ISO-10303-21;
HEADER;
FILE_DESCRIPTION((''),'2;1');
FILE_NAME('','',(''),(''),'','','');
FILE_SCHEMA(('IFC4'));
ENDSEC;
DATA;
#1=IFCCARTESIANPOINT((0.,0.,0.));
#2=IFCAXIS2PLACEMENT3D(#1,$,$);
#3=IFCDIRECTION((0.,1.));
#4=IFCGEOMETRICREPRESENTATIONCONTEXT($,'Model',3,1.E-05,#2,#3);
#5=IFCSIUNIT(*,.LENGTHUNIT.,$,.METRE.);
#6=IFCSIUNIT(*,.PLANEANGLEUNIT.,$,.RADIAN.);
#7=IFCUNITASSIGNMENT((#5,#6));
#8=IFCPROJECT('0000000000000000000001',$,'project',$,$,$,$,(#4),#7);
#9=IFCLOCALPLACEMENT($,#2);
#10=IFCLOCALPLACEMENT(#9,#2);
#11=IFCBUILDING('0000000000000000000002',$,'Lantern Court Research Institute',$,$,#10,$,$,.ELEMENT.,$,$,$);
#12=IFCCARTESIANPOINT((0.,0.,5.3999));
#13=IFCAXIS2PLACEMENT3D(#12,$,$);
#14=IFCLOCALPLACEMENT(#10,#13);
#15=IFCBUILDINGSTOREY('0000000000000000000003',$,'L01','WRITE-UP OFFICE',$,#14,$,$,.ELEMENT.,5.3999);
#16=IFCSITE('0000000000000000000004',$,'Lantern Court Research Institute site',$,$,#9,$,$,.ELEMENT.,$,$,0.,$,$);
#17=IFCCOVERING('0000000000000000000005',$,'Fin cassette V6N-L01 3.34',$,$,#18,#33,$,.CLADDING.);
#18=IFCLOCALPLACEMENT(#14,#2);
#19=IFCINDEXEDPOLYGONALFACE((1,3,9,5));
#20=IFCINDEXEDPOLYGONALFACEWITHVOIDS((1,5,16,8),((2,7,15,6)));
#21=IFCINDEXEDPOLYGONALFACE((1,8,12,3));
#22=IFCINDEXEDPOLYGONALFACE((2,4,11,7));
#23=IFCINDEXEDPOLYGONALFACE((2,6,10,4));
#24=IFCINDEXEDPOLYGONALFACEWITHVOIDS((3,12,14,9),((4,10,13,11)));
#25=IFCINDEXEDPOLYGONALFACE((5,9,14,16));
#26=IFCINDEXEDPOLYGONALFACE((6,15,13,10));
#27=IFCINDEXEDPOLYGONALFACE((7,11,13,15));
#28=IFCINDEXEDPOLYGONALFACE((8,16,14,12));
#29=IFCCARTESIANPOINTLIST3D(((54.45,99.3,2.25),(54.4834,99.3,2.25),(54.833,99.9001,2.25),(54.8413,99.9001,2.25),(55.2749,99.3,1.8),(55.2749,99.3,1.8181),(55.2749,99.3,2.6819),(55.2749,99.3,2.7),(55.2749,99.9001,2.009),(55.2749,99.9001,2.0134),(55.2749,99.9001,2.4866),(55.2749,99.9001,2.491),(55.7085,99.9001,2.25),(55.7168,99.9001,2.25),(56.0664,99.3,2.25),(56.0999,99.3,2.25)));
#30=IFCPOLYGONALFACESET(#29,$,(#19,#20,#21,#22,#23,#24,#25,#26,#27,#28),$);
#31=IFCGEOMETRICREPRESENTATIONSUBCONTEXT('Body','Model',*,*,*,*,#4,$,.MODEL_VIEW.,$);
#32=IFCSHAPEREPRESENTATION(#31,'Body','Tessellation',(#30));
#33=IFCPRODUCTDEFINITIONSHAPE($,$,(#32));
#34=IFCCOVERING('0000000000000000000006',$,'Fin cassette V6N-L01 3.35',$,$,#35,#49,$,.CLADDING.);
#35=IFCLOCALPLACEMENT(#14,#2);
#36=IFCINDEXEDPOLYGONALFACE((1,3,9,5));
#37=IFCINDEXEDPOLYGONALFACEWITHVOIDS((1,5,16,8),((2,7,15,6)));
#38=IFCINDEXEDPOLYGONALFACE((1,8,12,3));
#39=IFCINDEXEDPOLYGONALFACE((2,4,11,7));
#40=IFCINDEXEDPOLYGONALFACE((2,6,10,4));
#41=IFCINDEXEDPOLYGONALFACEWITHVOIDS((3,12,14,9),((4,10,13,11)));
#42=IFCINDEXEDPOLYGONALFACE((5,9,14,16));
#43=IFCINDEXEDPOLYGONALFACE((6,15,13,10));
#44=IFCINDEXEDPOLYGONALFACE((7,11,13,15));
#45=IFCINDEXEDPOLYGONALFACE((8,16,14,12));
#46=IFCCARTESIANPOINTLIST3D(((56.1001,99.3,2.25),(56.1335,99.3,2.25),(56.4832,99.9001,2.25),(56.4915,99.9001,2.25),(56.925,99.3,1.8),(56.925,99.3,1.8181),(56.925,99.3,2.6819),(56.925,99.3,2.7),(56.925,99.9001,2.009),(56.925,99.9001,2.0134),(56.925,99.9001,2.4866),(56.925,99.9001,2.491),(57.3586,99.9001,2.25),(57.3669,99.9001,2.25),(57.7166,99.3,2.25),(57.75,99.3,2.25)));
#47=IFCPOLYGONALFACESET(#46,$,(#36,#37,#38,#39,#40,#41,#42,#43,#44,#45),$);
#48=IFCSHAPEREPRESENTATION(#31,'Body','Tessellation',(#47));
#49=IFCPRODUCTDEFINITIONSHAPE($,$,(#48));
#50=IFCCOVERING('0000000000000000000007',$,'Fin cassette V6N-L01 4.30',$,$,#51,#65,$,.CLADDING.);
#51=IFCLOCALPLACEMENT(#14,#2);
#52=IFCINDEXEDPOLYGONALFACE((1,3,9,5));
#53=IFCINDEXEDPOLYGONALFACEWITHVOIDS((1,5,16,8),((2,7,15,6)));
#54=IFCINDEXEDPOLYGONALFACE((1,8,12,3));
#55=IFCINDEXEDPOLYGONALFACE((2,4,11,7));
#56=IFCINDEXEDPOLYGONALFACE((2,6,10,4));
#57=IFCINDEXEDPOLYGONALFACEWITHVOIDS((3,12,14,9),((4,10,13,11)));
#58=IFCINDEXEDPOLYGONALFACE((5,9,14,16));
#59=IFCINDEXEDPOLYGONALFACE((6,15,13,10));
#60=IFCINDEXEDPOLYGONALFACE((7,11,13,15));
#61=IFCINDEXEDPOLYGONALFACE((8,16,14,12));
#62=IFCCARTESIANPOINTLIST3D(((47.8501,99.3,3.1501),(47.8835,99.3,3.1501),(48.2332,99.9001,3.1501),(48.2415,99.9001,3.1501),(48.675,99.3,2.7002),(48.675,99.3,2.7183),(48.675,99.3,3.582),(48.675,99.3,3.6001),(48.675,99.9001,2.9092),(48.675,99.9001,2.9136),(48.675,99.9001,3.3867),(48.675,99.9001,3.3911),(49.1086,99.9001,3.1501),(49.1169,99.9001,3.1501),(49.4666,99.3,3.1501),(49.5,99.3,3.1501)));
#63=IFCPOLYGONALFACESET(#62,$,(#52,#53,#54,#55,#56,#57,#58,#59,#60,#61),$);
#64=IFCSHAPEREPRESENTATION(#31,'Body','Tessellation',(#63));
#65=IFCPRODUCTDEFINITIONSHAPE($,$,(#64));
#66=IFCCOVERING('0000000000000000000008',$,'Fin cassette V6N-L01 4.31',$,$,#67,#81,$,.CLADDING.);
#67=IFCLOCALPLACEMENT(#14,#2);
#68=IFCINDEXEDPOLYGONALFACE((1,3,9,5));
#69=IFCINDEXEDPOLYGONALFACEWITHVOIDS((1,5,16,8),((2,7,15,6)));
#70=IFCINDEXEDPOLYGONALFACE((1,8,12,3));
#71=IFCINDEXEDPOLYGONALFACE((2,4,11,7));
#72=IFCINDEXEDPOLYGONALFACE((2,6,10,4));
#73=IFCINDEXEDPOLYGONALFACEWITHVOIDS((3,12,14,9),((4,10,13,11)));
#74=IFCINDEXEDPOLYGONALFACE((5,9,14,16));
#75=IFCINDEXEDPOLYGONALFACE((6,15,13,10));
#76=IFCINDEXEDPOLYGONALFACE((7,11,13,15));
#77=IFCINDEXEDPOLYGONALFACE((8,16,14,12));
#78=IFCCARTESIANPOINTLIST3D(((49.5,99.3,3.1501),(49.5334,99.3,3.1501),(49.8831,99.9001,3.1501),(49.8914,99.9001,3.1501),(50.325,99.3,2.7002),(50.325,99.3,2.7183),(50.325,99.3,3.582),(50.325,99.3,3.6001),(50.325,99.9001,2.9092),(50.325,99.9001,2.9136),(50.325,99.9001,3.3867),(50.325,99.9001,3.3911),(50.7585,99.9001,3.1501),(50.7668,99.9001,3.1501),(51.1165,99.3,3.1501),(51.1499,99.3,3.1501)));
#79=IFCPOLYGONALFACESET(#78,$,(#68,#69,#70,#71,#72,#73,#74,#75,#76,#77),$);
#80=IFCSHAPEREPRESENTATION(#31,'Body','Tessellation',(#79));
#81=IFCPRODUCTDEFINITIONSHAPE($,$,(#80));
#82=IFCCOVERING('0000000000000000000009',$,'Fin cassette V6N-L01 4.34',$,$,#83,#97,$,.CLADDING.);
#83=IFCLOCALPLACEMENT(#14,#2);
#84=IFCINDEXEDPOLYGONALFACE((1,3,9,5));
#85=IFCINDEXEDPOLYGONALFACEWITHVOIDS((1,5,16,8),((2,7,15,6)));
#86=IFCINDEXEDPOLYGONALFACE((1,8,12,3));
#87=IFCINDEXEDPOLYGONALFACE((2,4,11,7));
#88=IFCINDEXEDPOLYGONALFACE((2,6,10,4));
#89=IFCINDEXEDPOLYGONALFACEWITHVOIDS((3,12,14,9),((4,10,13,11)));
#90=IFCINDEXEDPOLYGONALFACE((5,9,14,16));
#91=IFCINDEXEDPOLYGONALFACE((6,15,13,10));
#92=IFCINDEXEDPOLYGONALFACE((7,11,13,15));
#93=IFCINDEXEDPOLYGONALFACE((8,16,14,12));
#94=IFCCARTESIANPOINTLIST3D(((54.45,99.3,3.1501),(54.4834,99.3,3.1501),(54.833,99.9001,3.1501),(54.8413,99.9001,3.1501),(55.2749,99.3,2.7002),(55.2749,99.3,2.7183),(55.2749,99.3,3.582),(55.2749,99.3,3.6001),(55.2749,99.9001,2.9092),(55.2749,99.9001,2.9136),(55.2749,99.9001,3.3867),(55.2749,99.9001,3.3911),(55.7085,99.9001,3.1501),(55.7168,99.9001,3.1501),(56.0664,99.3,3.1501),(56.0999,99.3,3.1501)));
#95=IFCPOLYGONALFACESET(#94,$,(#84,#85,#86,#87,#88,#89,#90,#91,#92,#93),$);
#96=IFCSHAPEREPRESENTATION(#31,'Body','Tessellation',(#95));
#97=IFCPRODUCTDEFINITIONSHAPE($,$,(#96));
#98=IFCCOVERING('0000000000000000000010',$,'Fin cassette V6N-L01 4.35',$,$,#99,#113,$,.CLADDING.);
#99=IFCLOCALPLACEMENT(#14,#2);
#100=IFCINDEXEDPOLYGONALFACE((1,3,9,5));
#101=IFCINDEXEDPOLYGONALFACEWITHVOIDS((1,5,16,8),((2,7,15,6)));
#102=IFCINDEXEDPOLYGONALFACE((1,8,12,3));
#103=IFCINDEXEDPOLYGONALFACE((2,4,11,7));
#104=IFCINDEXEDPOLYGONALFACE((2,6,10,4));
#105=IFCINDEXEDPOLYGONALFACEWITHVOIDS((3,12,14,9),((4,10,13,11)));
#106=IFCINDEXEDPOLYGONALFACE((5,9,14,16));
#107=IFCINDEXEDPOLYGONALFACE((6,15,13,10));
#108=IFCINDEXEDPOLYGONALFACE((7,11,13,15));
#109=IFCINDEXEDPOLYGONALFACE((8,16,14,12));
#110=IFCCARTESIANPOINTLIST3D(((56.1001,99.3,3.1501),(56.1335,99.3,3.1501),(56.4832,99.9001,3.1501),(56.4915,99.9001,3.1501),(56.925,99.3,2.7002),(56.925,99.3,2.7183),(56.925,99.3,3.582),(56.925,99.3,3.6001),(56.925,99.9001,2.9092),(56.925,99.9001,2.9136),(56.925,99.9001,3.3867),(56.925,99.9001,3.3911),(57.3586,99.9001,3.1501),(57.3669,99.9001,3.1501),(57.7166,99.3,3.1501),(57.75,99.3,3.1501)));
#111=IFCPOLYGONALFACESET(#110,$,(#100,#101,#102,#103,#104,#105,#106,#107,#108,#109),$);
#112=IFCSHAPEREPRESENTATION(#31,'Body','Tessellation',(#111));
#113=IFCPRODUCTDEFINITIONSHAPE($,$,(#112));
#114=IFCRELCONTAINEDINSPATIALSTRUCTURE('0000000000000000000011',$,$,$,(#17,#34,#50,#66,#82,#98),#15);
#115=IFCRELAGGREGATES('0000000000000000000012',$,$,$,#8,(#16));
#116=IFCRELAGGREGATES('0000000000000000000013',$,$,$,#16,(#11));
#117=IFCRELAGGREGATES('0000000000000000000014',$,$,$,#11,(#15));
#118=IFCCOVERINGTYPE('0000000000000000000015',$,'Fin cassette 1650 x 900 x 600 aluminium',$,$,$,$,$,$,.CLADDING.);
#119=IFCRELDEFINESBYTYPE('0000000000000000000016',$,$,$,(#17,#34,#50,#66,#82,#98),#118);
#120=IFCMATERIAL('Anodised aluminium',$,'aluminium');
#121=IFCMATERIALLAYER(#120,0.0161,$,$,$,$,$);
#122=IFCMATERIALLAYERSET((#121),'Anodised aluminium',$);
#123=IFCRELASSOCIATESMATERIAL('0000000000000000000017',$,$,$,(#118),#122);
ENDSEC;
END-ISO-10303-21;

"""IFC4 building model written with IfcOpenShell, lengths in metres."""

from ifc_helpers import new_model, entity, si_unit, direction, frame, origin, place, context, subcontext, project, spatial, material, layer, layer_set, type_object, element, save


model = new_model("IFC4")

# Units and contexts
model_context = context("Model", 3, precision=1e-05, world=origin(), true_north=direction((0.0, 1.0)))
body_context = subcontext(model_context, "Body", "Model", "MODEL_VIEW")
ifc_project = project(units=[si_unit("LENGTHUNIT", "METRE"), si_unit("PLANEANGLEUNIT", "RADIAN")], contexts=[model_context])

# Site, building, storey
site_placement = place(None, origin())
site = spatial("IfcSite", under=ifc_project, at=site_placement, Name="Lantern Court Research Institute site", CompositionType="ELEMENT", RefElevation=0.0)
building_placement = place(site_placement, origin())
building = spatial("IfcBuilding", under=site, at=building_placement, Name="Lantern Court Research Institute", CompositionType="ELEMENT")
storey_placement = place(building_placement, frame((0.0, 0.0, 5.3999)))
storey = spatial("IfcBuildingStorey", under=building, at=storey_placement, Name="L01", Description="WRITE-UP OFFICE", CompositionType="ELEMENT", Elevation=5.3999)

# Coverings
ifc_material_1 = material(Name="Anodised aluminium", Category="aluminium")
ifc_layer_1 = layer(ifc_material_1, 0.0161)
ifc_layer_set_1 = layer_set([ifc_layer_1], Name="Anodised aluminium")
covering_type_1 = type_object("IfcCoveringType", Name="Fin cassette 1650 x 900 x 600 aluminium", PredefinedType="CLADDING", material=ifc_layer_set_1)
covering_1_placement = place(storey_placement, frame((55.2749, 99.3, 2.25), z_axis=(0.0, 1.0, 0.0), x_axis=(-1.0, 0.0, 0.0)))
cartesian_point_1 = entity("IfcCartesianPoint", [0.825, 0.0])
cartesian_point_2 = entity("IfcCartesianPoint", [0.7915, 0.0])
cartesian_point_3 = entity("IfcCartesianPoint", [0.4419, 0.0])
cartesian_point_4 = entity("IfcCartesianPoint", [0.4336, 0.0])
element("IfcCovering", 1, at=covering_1_placement, inside=storey, type_object=covering_type_1, Name="Fin cassette V6N-L01 3.34", PredefinedType="CLADDING", context=body_context, shape_type="SweptSolid", body=[
    entity("IfcExtrudedAreaSolidTapered", entity("IfcArbitraryProfileDefWithVoids", "AREA", None, entity("IfcPolyline", [cartesian_point_1, entity("IfcCartesianPoint", [0.0, 0.45]), entity("IfcCartesianPoint", [-0.825, 0.0]), entity("IfcCartesianPoint", [0.0, -0.45]), cartesian_point_1]), [entity("IfcPolyline", [cartesian_point_2, entity("IfcCartesianPoint", [0.0, 0.4319]), entity("IfcCartesianPoint", [-0.7915, 0.0]), entity("IfcCartesianPoint", [0.0, -0.4319]), cartesian_point_2])]), entity("IfcAxis2Placement3D", entity("IfcCartesianPoint", [0.0, 0.0, 0.0])), entity("IfcDirection", [0.0, 0.0, 1.0]), 0.6001, entity("IfcArbitraryProfileDefWithVoids", "AREA", None, entity("IfcPolyline", [cartesian_point_3, entity("IfcCartesianPoint", [0.0, 0.241]), entity("IfcCartesianPoint", [-0.4419, 0.0]), entity("IfcCartesianPoint", [0.0, -0.241]), cartesian_point_3]), [entity("IfcPolyline", [cartesian_point_4, entity("IfcCartesianPoint", [0.0, 0.2366]), entity("IfcCartesianPoint", [-0.4336, 0.0]), entity("IfcCartesianPoint", [0.0, -0.2366]), cartesian_point_4])])),
])
covering_2_placement = place(storey_placement, frame((56.925, 99.3, 2.25), z_axis=(0.0, 1.0, 0.0), x_axis=(-1.0, 0.0, 0.0)))
cartesian_point_5 = entity("IfcCartesianPoint", [0.825, 0.0])
cartesian_point_6 = entity("IfcCartesianPoint", [0.7915, 0.0])
cartesian_point_7 = entity("IfcCartesianPoint", [0.4419, 0.0])
cartesian_point_8 = entity("IfcCartesianPoint", [0.4336, 0.0])
element("IfcCovering", 2, at=covering_2_placement, inside=storey, type_object=covering_type_1, Name="Fin cassette V6N-L01 3.35", PredefinedType="CLADDING", context=body_context, shape_type="SweptSolid", body=[
    entity("IfcExtrudedAreaSolidTapered", entity("IfcArbitraryProfileDefWithVoids", "AREA", None, entity("IfcPolyline", [cartesian_point_5, entity("IfcCartesianPoint", [0.0, 0.45]), entity("IfcCartesianPoint", [-0.825, 0.0]), entity("IfcCartesianPoint", [0.0, -0.45]), cartesian_point_5]), [entity("IfcPolyline", [cartesian_point_6, entity("IfcCartesianPoint", [0.0, 0.4319]), entity("IfcCartesianPoint", [-0.7915, 0.0]), entity("IfcCartesianPoint", [0.0, -0.4319]), cartesian_point_6])]), entity("IfcAxis2Placement3D", entity("IfcCartesianPoint", [0.0, 0.0, 0.0])), entity("IfcDirection", [0.0, 0.0, 1.0]), 0.6001, entity("IfcArbitraryProfileDefWithVoids", "AREA", None, entity("IfcPolyline", [cartesian_point_7, entity("IfcCartesianPoint", [0.0, 0.241]), entity("IfcCartesianPoint", [-0.4419, 0.0]), entity("IfcCartesianPoint", [0.0, -0.241]), cartesian_point_7]), [entity("IfcPolyline", [cartesian_point_8, entity("IfcCartesianPoint", [0.0, 0.2366]), entity("IfcCartesianPoint", [-0.4336, 0.0]), entity("IfcCartesianPoint", [0.0, -0.2366]), cartesian_point_8])])),
])
covering_3_placement = place(storey_placement, frame((48.675, 99.3, 3.1501), z_axis=(0.0, 1.0, 0.0), x_axis=(-1.0, 0.0, 0.0)))
cartesian_point_9 = entity("IfcCartesianPoint", [0.825, 0.0])
cartesian_point_10 = entity("IfcCartesianPoint", [0.7915, 0.0])
cartesian_point_11 = entity("IfcCartesianPoint", [0.4419, 0.0])
cartesian_point_12 = entity("IfcCartesianPoint", [0.4336, 0.0])
element("IfcCovering", 3, at=covering_3_placement, inside=storey, type_object=covering_type_1, Name="Fin cassette V6N-L01 4.30", PredefinedType="CLADDING", context=body_context, shape_type="SweptSolid", body=[
    entity("IfcExtrudedAreaSolidTapered", entity("IfcArbitraryProfileDefWithVoids", "AREA", None, entity("IfcPolyline", [cartesian_point_9, entity("IfcCartesianPoint", [0.0, 0.45]), entity("IfcCartesianPoint", [-0.825, 0.0]), entity("IfcCartesianPoint", [0.0, -0.45]), cartesian_point_9]), [entity("IfcPolyline", [cartesian_point_10, entity("IfcCartesianPoint", [0.0, 0.4319]), entity("IfcCartesianPoint", [-0.7915, 0.0]), entity("IfcCartesianPoint", [0.0, -0.4319]), cartesian_point_10])]), entity("IfcAxis2Placement3D", entity("IfcCartesianPoint", [0.0, 0.0, 0.0])), entity("IfcDirection", [0.0, 0.0, 1.0]), 0.6001, entity("IfcArbitraryProfileDefWithVoids", "AREA", None, entity("IfcPolyline", [cartesian_point_11, entity("IfcCartesianPoint", [0.0, 0.241]), entity("IfcCartesianPoint", [-0.4419, 0.0]), entity("IfcCartesianPoint", [0.0, -0.241]), cartesian_point_11]), [entity("IfcPolyline", [cartesian_point_12, entity("IfcCartesianPoint", [0.0, 0.2366]), entity("IfcCartesianPoint", [-0.4336, 0.0]), entity("IfcCartesianPoint", [0.0, -0.2366]), cartesian_point_12])])),
])
covering_4_placement = place(storey_placement, frame((50.325, 99.3, 3.1501), z_axis=(0.0, 1.0, 0.0), x_axis=(-1.0, 0.0, 0.0)))
cartesian_point_13 = entity("IfcCartesianPoint", [0.825, 0.0])
cartesian_point_14 = entity("IfcCartesianPoint", [0.7915, 0.0])
cartesian_point_15 = entity("IfcCartesianPoint", [0.4419, 0.0])
cartesian_point_16 = entity("IfcCartesianPoint", [0.4336, 0.0])
element("IfcCovering", 4, at=covering_4_placement, inside=storey, type_object=covering_type_1, Name="Fin cassette V6N-L01 4.31", PredefinedType="CLADDING", context=body_context, shape_type="SweptSolid", body=[
    entity("IfcExtrudedAreaSolidTapered", entity("IfcArbitraryProfileDefWithVoids", "AREA", None, entity("IfcPolyline", [cartesian_point_13, entity("IfcCartesianPoint", [0.0, 0.45]), entity("IfcCartesianPoint", [-0.825, 0.0]), entity("IfcCartesianPoint", [0.0, -0.45]), cartesian_point_13]), [entity("IfcPolyline", [cartesian_point_14, entity("IfcCartesianPoint", [0.0, 0.4319]), entity("IfcCartesianPoint", [-0.7915, 0.0]), entity("IfcCartesianPoint", [0.0, -0.4319]), cartesian_point_14])]), entity("IfcAxis2Placement3D", entity("IfcCartesianPoint", [0.0, 0.0, 0.0])), entity("IfcDirection", [0.0, 0.0, 1.0]), 0.6001, entity("IfcArbitraryProfileDefWithVoids", "AREA", None, entity("IfcPolyline", [cartesian_point_15, entity("IfcCartesianPoint", [0.0, 0.241]), entity("IfcCartesianPoint", [-0.4419, 0.0]), entity("IfcCartesianPoint", [0.0, -0.241]), cartesian_point_15]), [entity("IfcPolyline", [cartesian_point_16, entity("IfcCartesianPoint", [0.0, 0.2366]), entity("IfcCartesianPoint", [-0.4336, 0.0]), entity("IfcCartesianPoint", [0.0, -0.2366]), cartesian_point_16])])),
])
covering_5_placement = place(storey_placement, frame((55.2749, 99.3, 3.1501), z_axis=(0.0, 1.0, 0.0), x_axis=(-1.0, 0.0, 0.0)))
cartesian_point_17 = entity("IfcCartesianPoint", [0.825, 0.0])
cartesian_point_18 = entity("IfcCartesianPoint", [0.7915, 0.0])
cartesian_point_19 = entity("IfcCartesianPoint", [0.4419, 0.0])
cartesian_point_20 = entity("IfcCartesianPoint", [0.4336, 0.0])
element("IfcCovering", 5, at=covering_5_placement, inside=storey, type_object=covering_type_1, Name="Fin cassette V6N-L01 4.34", PredefinedType="CLADDING", context=body_context, shape_type="SweptSolid", body=[
    entity("IfcExtrudedAreaSolidTapered", entity("IfcArbitraryProfileDefWithVoids", "AREA", None, entity("IfcPolyline", [cartesian_point_17, entity("IfcCartesianPoint", [0.0, 0.45]), entity("IfcCartesianPoint", [-0.825, 0.0]), entity("IfcCartesianPoint", [0.0, -0.45]), cartesian_point_17]), [entity("IfcPolyline", [cartesian_point_18, entity("IfcCartesianPoint", [0.0, 0.4319]), entity("IfcCartesianPoint", [-0.7915, 0.0]), entity("IfcCartesianPoint", [0.0, -0.4319]), cartesian_point_18])]), entity("IfcAxis2Placement3D", entity("IfcCartesianPoint", [0.0, 0.0, 0.0])), entity("IfcDirection", [0.0, 0.0, 1.0]), 0.6001, entity("IfcArbitraryProfileDefWithVoids", "AREA", None, entity("IfcPolyline", [cartesian_point_19, entity("IfcCartesianPoint", [0.0, 0.241]), entity("IfcCartesianPoint", [-0.4419, 0.0]), entity("IfcCartesianPoint", [0.0, -0.241]), cartesian_point_19]), [entity("IfcPolyline", [cartesian_point_20, entity("IfcCartesianPoint", [0.0, 0.2366]), entity("IfcCartesianPoint", [-0.4336, 0.0]), entity("IfcCartesianPoint", [0.0, -0.2366]), cartesian_point_20])])),
])
covering_6_placement = place(storey_placement, frame((56.925, 99.3, 3.1501), z_axis=(0.0, 1.0, 0.0), x_axis=(-1.0, 0.0, 0.0)))
cartesian_point_21 = entity("IfcCartesianPoint", [0.825, 0.0])
cartesian_point_22 = entity("IfcCartesianPoint", [0.7915, 0.0])
cartesian_point_23 = entity("IfcCartesianPoint", [0.4419, 0.0])
cartesian_point_24 = entity("IfcCartesianPoint", [0.4336, 0.0])
element("IfcCovering", 6, at=covering_6_placement, inside=storey, type_object=covering_type_1, Name="Fin cassette V6N-L01 4.35", PredefinedType="CLADDING", context=body_context, shape_type="SweptSolid", body=[
    entity("IfcExtrudedAreaSolidTapered", entity("IfcArbitraryProfileDefWithVoids", "AREA", None, entity("IfcPolyline", [cartesian_point_21, entity("IfcCartesianPoint", [0.0, 0.45]), entity("IfcCartesianPoint", [-0.825, 0.0]), entity("IfcCartesianPoint", [0.0, -0.45]), cartesian_point_21]), [entity("IfcPolyline", [cartesian_point_22, entity("IfcCartesianPoint", [0.0, 0.4319]), entity("IfcCartesianPoint", [-0.7915, 0.0]), entity("IfcCartesianPoint", [0.0, -0.4319]), cartesian_point_22])]), entity("IfcAxis2Placement3D", entity("IfcCartesianPoint", [0.0, 0.0, 0.0])), entity("IfcDirection", [0.0, 0.0, 1.0]), 0.6001, entity("IfcArbitraryProfileDefWithVoids", "AREA", None, entity("IfcPolyline", [cartesian_point_23, entity("IfcCartesianPoint", [0.0, 0.241]), entity("IfcCartesianPoint", [-0.4419, 0.0]), entity("IfcCartesianPoint", [0.0, -0.241]), cartesian_point_23]), [entity("IfcPolyline", [cartesian_point_24, entity("IfcCartesianPoint", [0.0, 0.2366]), entity("IfcCartesianPoint", [-0.4336, 0.0]), entity("IfcCartesianPoint", [0.0, -0.2366]), cartesian_point_24])])),
])

save(model, "model.ifc")
